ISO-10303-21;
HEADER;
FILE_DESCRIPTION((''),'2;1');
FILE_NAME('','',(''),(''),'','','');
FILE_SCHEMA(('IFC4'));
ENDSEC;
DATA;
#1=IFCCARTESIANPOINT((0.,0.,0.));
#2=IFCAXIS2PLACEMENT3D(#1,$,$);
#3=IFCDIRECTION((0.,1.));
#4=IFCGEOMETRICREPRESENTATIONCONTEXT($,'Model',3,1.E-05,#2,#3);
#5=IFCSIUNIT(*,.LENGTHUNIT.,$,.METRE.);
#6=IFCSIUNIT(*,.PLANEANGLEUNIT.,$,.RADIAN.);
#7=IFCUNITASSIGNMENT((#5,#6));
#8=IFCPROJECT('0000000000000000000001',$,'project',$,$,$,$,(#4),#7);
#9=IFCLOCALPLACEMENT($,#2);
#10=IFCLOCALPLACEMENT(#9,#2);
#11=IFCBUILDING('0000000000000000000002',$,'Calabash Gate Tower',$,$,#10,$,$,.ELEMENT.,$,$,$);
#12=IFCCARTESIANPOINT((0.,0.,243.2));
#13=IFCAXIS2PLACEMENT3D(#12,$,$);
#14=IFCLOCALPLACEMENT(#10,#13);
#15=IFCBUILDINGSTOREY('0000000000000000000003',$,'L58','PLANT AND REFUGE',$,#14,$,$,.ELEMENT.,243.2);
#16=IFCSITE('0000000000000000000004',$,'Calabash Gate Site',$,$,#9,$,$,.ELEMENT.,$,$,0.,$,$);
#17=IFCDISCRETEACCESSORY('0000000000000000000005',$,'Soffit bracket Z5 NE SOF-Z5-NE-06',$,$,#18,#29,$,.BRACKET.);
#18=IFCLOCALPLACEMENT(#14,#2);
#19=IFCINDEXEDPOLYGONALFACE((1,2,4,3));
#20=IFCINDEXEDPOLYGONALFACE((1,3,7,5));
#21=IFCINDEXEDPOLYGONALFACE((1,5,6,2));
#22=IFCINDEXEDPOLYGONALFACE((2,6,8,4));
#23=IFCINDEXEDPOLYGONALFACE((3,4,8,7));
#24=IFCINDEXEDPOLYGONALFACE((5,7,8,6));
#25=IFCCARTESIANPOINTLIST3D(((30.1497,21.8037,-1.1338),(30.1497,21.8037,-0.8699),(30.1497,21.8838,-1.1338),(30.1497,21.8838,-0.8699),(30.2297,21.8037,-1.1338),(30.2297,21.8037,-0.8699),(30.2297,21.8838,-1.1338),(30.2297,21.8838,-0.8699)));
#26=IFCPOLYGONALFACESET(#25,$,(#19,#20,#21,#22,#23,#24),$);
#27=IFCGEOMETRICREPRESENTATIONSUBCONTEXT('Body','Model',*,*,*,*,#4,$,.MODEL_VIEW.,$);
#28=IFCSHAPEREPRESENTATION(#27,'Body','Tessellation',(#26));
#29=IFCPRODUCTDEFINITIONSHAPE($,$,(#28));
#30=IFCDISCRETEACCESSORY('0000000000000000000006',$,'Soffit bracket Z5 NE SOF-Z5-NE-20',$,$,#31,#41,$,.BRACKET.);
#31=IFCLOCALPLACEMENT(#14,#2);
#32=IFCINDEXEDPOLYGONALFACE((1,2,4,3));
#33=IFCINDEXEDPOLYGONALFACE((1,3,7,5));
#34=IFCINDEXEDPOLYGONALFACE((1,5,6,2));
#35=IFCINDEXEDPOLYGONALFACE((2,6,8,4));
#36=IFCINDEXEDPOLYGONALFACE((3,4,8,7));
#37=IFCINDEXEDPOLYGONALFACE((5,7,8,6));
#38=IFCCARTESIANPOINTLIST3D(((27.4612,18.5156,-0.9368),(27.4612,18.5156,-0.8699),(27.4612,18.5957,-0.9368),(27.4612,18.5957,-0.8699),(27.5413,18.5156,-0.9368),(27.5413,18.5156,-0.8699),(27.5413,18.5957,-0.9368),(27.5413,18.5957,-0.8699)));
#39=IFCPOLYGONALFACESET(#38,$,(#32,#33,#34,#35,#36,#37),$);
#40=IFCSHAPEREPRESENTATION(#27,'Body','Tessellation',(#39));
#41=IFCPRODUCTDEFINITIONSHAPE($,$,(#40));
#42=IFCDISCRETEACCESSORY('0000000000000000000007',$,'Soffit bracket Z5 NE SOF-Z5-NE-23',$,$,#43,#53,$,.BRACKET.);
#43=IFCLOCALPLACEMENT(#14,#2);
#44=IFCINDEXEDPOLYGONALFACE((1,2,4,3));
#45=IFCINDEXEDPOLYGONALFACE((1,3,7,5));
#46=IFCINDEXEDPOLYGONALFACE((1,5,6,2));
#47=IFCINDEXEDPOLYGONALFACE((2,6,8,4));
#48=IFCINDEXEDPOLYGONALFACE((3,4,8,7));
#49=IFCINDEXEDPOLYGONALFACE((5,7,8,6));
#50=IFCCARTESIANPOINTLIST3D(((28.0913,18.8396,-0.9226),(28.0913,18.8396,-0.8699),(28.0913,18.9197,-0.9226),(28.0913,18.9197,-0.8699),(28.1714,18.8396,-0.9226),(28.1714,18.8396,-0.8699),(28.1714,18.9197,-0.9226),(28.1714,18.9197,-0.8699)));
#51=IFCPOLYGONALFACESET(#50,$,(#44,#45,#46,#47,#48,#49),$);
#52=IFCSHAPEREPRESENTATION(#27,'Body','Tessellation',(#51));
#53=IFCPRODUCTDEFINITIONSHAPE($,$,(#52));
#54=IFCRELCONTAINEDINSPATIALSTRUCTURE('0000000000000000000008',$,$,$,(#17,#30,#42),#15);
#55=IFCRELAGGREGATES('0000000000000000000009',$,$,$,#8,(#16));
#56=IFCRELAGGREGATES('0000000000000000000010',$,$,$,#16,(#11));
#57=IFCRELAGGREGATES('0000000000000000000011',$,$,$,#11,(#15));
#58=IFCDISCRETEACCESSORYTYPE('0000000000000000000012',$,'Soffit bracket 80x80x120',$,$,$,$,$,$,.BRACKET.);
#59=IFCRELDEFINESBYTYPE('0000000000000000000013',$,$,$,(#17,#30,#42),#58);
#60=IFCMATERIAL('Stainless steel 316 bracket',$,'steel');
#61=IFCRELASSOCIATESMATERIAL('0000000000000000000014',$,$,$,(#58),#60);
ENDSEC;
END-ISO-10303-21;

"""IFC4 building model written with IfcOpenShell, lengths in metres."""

from ifc_helpers import new_model, si_unit, direction, frame, origin, origin_2d, place, context, subcontext, project, spatial, rectangle, extrude, material, type_object, element, save


model = new_model("IFC4")

# Units and contexts
model_context = context("Model", 3, precision=1e-05, world=origin(), true_north=direction((0.0, 1.0)))
body_context = subcontext(model_context, "Body", "Model", "MODEL_VIEW")
ifc_project = project(units=[si_unit("LENGTHUNIT", "METRE"), si_unit("PLANEANGLEUNIT", "RADIAN")], contexts=[model_context])

# Site, building, storey
site_placement = place(None, origin())
site = spatial("IfcSite", under=ifc_project, at=site_placement, Name="Calabash Gate Site", CompositionType="ELEMENT", RefElevation=0.0)
building_placement = place(site_placement, origin())
building = spatial("IfcBuilding", under=site, at=building_placement, Name="Calabash Gate Tower", CompositionType="ELEMENT")
storey_placement = place(building_placement, frame((0.0, 0.0, 243.2)))
storey = spatial("IfcBuildingStorey", under=building, at=storey_placement, Name="L58", Description="PLANT AND REFUGE", CompositionType="ELEMENT", Elevation=243.2)

# Discrete accessories
ifc_material_1 = material(Name="Stainless steel 316 bracket", Category="steel")
discrete_accessory_type_1 = type_object("IfcDiscreteAccessoryType", Name="Soffit bracket 80x80x120", PredefinedType="BRACKET", material=ifc_material_1)
discrete_accessory_1_placement = place(storey_placement, frame((30.1897, 21.8438, -1.1338), z_axis=(0.0, 0.0, 1.0), x_axis=(1.0, 0.0, 0.0)))
element("IfcDiscreteAccessory", 1, at=discrete_accessory_1_placement, inside=storey, type_object=discrete_accessory_type_1, Name="Soffit bracket Z5 NE SOF-Z5-NE-06", PredefinedType="BRACKET", context=body_context, shape_type="SweptSolid", body=[
    extrude(rectangle(XDim=0.0801, YDim=0.0801, at=origin_2d()), origin(), (0.0, 0.0, 1.0), 0.2639),
])
discrete_accessory_2_placement = place(storey_placement, frame((27.5012, 18.5557, -0.9368), z_axis=(0.0, 0.0, 1.0), x_axis=(1.0, 0.0, 0.0)))
element("IfcDiscreteAccessory", 2, at=discrete_accessory_2_placement, inside=storey, type_object=discrete_accessory_type_1, Name="Soffit bracket Z5 NE SOF-Z5-NE-20", PredefinedType="BRACKET", context=body_context, shape_type="SweptSolid", body=[
    extrude(rectangle(XDim=0.0801, YDim=0.0801, at=origin_2d()), origin(), (0.0, 0.0, 1.0), 0.0669),
])
discrete_accessory_3_placement = place(storey_placement, frame((28.1313, 18.8796, -0.9226), z_axis=(0.0, 0.0, 1.0), x_axis=(1.0, 0.0, 0.0)))
element("IfcDiscreteAccessory", 3, at=discrete_accessory_3_placement, inside=storey, type_object=discrete_accessory_type_1, Name="Soffit bracket Z5 NE SOF-Z5-NE-23", PredefinedType="BRACKET", context=body_context, shape_type="SweptSolid", body=[
    extrude(rectangle(XDim=0.0801, YDim=0.0801, at=origin_2d()), origin(), (0.0, 0.0, 1.0), 0.0527),
])

save(model, "model.ifc")
